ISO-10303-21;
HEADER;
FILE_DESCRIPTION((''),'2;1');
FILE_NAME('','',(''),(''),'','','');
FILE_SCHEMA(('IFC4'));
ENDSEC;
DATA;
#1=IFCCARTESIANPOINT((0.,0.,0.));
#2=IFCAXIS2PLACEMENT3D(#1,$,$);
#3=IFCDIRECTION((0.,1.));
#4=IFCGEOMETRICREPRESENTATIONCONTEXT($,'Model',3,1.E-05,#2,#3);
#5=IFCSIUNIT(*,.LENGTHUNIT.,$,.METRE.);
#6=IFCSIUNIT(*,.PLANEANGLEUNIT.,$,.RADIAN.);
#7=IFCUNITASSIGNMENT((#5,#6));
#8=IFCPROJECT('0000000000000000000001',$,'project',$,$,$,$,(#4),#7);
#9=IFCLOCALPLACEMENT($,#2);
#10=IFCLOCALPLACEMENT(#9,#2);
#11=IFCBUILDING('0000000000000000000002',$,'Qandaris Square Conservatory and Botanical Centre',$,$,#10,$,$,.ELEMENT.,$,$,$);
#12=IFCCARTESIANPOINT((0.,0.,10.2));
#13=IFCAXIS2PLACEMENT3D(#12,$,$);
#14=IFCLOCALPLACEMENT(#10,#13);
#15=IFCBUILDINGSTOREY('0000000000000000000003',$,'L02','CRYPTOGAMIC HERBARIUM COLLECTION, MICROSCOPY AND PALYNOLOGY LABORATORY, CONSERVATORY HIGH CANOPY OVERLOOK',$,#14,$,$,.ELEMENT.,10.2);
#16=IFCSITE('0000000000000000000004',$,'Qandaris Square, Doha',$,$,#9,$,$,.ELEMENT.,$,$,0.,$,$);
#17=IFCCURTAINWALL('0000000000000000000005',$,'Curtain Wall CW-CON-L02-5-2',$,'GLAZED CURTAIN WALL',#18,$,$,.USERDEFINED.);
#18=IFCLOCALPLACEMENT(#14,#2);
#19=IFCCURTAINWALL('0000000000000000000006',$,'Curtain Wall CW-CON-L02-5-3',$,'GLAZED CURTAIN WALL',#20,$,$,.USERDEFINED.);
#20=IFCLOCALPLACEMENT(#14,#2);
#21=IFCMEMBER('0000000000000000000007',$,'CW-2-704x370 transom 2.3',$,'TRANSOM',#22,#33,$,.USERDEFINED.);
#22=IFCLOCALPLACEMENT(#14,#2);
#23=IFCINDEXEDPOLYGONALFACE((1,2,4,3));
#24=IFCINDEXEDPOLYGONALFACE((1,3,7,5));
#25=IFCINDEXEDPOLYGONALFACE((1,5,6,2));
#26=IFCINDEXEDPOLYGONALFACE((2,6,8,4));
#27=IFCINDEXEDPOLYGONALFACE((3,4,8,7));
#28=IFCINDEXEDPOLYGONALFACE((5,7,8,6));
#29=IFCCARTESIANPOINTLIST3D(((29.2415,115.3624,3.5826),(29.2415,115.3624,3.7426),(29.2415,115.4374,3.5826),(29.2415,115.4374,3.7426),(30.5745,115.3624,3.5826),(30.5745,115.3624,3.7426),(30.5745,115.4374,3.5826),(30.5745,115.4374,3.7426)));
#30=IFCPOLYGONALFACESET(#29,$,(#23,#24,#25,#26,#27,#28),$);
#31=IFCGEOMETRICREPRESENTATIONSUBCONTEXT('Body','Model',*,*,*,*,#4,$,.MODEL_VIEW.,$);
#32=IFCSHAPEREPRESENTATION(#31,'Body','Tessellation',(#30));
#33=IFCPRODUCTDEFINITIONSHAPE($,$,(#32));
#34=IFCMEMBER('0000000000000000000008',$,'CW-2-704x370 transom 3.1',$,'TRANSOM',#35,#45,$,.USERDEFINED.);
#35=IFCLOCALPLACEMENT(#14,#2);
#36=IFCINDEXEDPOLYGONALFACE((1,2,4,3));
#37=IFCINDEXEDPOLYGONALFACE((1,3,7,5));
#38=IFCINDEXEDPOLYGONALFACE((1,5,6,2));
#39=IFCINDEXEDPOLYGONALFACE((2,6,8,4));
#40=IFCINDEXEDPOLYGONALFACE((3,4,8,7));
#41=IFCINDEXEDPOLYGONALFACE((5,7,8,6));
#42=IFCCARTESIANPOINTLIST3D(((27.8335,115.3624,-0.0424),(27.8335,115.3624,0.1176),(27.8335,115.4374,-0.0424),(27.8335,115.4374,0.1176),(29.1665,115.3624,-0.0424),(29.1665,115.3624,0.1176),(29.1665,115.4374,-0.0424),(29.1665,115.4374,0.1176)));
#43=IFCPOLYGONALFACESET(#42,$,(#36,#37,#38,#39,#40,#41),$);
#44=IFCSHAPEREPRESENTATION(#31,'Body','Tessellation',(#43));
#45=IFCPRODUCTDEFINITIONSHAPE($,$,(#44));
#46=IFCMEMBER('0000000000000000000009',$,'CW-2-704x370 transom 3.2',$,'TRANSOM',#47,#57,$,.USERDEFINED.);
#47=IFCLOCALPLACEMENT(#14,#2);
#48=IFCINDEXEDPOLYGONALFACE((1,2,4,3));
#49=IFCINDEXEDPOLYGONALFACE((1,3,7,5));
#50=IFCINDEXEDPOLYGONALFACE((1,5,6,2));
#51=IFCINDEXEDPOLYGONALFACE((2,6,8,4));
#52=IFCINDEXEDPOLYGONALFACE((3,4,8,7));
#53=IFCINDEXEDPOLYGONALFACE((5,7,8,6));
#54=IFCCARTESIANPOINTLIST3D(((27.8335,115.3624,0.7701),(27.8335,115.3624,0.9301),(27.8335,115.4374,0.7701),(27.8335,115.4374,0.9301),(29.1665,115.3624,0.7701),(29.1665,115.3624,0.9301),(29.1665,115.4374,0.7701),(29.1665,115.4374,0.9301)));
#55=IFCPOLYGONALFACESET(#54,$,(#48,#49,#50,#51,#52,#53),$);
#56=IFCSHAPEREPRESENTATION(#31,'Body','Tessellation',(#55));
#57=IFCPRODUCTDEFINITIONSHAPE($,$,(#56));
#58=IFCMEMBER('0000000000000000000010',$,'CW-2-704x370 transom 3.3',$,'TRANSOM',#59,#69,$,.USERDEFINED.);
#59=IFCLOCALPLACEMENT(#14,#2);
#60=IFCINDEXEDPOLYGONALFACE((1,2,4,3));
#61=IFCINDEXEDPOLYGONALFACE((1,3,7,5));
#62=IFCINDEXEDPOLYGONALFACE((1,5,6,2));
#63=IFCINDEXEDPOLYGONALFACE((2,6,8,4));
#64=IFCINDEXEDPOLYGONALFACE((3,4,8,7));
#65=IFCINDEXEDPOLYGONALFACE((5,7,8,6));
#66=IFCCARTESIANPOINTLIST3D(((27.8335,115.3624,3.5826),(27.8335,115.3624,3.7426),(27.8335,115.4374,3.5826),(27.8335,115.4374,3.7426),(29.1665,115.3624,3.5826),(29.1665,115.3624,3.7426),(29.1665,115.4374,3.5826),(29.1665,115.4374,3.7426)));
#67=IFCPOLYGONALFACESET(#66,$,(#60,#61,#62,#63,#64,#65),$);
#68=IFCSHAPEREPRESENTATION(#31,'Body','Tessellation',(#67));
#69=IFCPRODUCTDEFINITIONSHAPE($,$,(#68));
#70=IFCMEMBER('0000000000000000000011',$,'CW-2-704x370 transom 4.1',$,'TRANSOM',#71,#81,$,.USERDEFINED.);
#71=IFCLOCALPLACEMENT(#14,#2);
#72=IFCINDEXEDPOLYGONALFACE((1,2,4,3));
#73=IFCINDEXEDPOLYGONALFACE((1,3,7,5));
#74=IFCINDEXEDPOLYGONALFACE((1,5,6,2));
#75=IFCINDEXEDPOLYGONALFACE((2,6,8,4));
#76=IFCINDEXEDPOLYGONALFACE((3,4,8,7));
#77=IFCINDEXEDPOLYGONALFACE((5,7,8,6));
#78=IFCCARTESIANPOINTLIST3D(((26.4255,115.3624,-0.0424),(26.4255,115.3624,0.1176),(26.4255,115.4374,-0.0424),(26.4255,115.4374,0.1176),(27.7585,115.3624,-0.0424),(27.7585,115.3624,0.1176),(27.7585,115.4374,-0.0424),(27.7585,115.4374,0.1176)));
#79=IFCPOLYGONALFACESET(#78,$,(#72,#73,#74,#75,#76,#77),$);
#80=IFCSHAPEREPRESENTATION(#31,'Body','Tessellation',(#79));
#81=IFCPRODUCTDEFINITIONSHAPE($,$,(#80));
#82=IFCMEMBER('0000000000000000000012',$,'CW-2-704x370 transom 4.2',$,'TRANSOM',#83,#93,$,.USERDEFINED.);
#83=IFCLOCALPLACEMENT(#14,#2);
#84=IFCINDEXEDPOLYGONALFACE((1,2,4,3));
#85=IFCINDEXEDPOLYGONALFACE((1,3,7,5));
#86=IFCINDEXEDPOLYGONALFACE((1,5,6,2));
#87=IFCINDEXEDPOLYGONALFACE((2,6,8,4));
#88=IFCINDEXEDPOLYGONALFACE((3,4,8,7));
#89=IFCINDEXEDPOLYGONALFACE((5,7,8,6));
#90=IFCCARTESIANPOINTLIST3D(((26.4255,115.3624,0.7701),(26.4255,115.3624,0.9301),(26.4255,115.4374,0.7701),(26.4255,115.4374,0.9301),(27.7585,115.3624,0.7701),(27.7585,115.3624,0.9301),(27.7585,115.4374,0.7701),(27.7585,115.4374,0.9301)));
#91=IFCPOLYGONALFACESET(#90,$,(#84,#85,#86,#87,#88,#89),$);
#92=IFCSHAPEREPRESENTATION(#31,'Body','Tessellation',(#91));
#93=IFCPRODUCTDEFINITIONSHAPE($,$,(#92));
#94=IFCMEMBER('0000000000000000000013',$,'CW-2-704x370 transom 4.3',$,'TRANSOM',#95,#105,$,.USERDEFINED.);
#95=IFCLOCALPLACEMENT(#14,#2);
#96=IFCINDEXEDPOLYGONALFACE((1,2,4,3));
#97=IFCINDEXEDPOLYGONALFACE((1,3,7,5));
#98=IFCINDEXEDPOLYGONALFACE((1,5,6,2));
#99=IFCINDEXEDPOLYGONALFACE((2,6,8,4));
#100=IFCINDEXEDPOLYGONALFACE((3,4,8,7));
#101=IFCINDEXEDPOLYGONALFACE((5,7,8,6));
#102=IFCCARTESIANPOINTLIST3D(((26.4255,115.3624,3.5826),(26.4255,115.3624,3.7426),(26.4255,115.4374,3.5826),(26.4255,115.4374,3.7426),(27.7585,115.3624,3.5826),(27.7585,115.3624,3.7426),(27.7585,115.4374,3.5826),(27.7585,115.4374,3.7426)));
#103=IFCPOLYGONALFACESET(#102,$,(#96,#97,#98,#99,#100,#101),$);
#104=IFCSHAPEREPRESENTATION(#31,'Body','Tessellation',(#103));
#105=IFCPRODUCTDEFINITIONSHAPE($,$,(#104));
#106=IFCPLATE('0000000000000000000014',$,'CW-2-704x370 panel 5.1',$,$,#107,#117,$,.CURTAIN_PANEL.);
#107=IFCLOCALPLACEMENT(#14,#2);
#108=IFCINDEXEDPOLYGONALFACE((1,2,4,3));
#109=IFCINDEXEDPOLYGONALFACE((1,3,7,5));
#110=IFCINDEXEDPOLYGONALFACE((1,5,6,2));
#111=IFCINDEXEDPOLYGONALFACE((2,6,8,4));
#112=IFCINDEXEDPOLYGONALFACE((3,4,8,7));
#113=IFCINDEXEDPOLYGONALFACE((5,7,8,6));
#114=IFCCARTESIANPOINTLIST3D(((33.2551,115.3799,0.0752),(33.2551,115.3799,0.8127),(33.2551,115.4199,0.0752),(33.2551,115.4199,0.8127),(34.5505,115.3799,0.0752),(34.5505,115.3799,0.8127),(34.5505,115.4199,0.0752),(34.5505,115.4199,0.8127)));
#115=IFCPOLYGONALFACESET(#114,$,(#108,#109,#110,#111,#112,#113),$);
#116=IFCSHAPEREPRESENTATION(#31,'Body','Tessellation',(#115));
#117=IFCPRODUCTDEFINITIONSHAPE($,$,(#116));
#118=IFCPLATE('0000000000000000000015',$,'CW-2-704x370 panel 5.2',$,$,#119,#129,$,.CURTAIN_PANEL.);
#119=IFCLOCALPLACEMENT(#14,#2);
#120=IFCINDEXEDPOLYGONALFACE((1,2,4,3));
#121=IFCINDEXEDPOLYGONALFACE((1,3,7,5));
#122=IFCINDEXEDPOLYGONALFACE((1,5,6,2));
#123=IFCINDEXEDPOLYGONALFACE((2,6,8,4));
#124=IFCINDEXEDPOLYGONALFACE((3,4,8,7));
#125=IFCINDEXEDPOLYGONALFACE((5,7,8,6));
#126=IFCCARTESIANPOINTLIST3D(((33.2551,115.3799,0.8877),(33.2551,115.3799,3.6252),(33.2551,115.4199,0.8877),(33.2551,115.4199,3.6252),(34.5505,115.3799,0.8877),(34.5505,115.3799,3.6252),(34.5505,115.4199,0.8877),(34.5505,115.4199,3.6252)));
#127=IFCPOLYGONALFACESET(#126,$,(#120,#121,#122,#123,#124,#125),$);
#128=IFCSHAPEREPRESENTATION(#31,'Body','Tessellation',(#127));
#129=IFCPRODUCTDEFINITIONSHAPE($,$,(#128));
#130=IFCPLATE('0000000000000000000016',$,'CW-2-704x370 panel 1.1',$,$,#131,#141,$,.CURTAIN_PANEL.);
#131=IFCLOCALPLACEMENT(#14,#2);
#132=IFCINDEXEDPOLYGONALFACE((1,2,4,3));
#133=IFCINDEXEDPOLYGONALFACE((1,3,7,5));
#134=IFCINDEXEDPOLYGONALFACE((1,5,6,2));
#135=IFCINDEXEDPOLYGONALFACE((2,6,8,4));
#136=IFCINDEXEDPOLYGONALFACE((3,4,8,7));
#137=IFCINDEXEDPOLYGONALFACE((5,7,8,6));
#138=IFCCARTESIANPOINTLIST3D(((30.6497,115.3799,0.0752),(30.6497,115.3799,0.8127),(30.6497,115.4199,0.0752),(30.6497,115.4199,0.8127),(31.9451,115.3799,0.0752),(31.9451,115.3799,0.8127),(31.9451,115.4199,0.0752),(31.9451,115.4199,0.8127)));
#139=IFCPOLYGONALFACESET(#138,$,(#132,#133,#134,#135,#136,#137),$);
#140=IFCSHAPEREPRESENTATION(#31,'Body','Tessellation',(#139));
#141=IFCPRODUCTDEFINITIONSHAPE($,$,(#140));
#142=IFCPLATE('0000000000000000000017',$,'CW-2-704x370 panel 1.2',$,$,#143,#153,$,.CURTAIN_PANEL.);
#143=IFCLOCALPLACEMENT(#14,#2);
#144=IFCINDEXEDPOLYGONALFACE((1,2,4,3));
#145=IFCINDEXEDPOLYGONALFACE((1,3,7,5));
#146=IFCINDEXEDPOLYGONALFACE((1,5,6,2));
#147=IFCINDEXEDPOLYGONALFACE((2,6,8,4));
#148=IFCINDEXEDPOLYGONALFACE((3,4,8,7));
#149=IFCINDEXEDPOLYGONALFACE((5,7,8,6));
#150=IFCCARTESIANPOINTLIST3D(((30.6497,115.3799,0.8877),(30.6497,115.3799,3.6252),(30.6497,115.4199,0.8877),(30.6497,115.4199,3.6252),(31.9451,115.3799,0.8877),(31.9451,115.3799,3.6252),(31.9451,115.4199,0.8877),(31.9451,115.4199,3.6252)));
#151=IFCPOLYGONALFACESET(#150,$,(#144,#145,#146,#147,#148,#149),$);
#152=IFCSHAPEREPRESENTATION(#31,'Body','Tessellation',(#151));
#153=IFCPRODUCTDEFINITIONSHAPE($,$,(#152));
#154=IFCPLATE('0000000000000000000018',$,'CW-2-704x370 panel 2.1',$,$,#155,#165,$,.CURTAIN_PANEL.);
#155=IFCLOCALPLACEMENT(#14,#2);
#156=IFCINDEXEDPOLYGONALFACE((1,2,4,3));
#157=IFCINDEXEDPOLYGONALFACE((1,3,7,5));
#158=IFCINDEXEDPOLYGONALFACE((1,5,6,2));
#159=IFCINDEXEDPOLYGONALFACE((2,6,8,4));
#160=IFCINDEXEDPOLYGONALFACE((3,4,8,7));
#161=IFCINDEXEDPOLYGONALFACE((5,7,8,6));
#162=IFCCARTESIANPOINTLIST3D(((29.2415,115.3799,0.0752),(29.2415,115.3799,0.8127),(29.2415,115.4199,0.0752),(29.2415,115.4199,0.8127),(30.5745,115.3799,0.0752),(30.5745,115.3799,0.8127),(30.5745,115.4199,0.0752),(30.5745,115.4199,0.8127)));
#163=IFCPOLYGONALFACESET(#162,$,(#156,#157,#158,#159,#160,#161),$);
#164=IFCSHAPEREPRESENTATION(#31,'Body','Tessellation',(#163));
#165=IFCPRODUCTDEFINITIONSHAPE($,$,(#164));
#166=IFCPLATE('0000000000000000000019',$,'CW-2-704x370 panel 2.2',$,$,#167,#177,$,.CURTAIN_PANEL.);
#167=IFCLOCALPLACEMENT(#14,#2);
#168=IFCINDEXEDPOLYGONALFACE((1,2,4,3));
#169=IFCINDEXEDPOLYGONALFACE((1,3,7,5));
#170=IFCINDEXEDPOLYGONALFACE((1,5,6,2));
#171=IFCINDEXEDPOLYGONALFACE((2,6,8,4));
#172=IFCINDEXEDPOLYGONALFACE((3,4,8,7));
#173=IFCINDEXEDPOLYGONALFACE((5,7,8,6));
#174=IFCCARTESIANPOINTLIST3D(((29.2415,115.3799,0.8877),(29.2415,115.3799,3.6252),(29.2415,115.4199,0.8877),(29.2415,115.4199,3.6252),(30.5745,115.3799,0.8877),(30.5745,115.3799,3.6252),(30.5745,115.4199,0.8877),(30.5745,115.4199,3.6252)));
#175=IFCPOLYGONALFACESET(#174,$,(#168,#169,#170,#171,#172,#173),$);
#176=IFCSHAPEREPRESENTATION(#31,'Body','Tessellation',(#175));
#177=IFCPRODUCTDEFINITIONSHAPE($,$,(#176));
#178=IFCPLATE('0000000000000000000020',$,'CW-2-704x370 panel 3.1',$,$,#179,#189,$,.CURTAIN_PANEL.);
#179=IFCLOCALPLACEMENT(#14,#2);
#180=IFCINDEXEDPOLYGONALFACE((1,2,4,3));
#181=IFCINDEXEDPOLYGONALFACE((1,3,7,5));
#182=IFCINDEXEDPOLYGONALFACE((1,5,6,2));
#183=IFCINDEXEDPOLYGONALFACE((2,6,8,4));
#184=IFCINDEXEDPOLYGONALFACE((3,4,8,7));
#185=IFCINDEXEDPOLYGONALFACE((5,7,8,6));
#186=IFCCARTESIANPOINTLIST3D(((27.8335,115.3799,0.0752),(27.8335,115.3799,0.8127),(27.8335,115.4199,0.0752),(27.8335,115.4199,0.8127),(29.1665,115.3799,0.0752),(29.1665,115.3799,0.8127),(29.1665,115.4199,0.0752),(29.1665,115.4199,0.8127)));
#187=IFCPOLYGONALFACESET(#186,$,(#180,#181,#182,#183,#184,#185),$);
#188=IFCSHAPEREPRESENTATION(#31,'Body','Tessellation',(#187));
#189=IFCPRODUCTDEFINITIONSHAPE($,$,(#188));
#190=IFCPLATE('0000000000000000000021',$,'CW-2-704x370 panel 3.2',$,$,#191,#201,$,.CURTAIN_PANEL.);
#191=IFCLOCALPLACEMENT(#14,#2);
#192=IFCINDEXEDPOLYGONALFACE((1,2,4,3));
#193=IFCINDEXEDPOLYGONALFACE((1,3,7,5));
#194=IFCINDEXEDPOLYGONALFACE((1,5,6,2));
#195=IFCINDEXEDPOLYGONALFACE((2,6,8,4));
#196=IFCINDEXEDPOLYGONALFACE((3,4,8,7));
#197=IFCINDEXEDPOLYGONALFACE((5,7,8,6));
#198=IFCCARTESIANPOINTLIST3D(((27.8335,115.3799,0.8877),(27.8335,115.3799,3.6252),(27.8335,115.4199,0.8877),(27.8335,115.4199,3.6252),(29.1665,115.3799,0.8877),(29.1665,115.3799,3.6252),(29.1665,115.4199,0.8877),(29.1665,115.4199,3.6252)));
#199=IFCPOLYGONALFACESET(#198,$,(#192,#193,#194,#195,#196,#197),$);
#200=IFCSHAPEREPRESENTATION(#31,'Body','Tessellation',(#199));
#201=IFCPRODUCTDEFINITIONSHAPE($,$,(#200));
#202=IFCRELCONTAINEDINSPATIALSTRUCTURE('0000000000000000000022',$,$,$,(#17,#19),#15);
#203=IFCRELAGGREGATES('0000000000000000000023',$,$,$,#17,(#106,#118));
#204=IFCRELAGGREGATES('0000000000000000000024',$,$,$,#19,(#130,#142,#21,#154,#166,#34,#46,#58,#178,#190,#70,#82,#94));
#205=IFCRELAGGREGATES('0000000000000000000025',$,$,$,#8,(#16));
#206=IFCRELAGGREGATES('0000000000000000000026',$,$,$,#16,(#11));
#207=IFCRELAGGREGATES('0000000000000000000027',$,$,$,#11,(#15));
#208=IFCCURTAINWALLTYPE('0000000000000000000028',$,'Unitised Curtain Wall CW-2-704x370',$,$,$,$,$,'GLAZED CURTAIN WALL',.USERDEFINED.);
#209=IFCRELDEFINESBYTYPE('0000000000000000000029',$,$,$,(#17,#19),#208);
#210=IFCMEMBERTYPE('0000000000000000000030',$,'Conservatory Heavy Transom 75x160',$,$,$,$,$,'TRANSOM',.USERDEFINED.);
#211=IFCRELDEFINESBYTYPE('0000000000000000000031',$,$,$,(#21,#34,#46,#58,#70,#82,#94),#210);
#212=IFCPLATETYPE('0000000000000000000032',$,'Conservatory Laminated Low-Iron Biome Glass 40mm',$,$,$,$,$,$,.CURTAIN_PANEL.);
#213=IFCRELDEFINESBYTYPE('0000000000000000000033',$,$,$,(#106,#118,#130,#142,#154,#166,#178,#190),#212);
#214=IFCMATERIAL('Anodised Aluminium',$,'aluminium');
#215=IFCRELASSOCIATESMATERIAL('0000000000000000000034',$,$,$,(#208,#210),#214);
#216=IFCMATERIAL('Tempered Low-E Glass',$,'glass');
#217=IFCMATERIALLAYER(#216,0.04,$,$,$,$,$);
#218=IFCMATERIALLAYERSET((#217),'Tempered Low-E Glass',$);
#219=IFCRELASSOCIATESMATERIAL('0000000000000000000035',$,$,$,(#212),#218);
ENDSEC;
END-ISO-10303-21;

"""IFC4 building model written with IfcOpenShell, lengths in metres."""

from ifc_helpers import new_model, si_unit, direction, frame, origin, origin_2d, place, context, subcontext, project, spatial, rectangle, extrude, material, layer, layer_set, material_profile, profile_set, type_object, element, aggregate, save


model = new_model("IFC4")

# Units and contexts
model_context = context("Model", 3, precision=1e-05, world=origin(), true_north=direction((0.0, 1.0)))
body_context = subcontext(model_context, "Body", "Model", "MODEL_VIEW")
ifc_project = project(units=[si_unit("LENGTHUNIT", "METRE"), si_unit("PLANEANGLEUNIT", "RADIAN")], contexts=[model_context])

# Site, building, storey
site_placement = place(None, origin())
site = spatial("IfcSite", under=ifc_project, at=site_placement, Name="Qandaris Square, Doha", CompositionType="ELEMENT", RefElevation=0.0)
building_placement = place(site_placement, origin())
building = spatial("IfcBuilding", under=site, at=building_placement, Name="Qandaris Square Conservatory and Botanical Centre", CompositionType="ELEMENT")
storey_placement = place(building_placement, frame((0.0, 0.0, 10.2)))
storey = spatial("IfcBuildingStorey", under=building, at=storey_placement, Name="L02", Description="CRYPTOGAMIC HERBARIUM COLLECTION, MICROSCOPY AND PALYNOLOGY LABORATORY, CONSERVATORY HIGH CANOPY OVERLOOK", CompositionType="ELEMENT", Elevation=10.2)

# Curtain wall
ifc_material_1 = material(Name="Anodised Aluminium", Category="aluminium")
curtain_wall_type = type_object("IfcCurtainWallType", Name="Unitised Curtain Wall CW-2-704x370", ElementType="GLAZED CURTAIN WALL", PredefinedType="USERDEFINED", material=ifc_material_1)
curtain_wall_1_placement = place(storey_placement, origin())
curtain_wall_1 = element("IfcCurtainWall", 1, at=curtain_wall_1_placement, inside=storey, type_object=curtain_wall_type, Name="Curtain Wall CW-CON-L02-5-2", ObjectType="GLAZED CURTAIN WALL", PredefinedType="USERDEFINED")

# Curtain wall
curtain_wall_2_placement = place(storey_placement, origin())
curtain_wall_2 = element("IfcCurtainWall", 2, at=curtain_wall_2_placement, inside=storey, type_object=curtain_wall_type, Name="Curtain Wall CW-CON-L02-5-3", ObjectType="GLAZED CURTAIN WALL", PredefinedType="USERDEFINED")

# Members
ifc_material_profile_1 = material_profile(ifc_material_1, rectangle(XDim=0.075, YDim=0.1599, at=origin_2d()), Name="ALU-TRN 75x160")
ifc_profile_set_1 = profile_set([ifc_material_profile_1], Name="Anodised Aluminium")
member_type_1 = type_object("IfcMemberType", Name="Conservatory Heavy Transom 75x160", ElementType="TRANSOM", PredefinedType="USERDEFINED", material=ifc_profile_set_1)
member_1_placement = place(storey_placement, frame((30.5745, 115.3999, 3.6626), z_axis=(-1.0, 0.0, 0.0), x_axis=(0.0, -1.0, 0.0)))
member_1 = element("IfcMember", 3, at=member_1_placement, type_object=member_type_1, Name="CW-2-704x370 transom 2.3", ObjectType="TRANSOM", PredefinedType="USERDEFINED", context=body_context, shape_type="SweptSolid", body=[
    extrude(rectangle(XDim=0.075, YDim=0.1599, at=origin_2d()), origin(), (0.0, 0.0, 1.0), 1.333),
])
member_2_placement = place(storey_placement, frame((29.1665, 115.3999, 0.0376), z_axis=(-1.0, 0.0, 0.0), x_axis=(0.0, -1.0, 0.0)))
member_2 = element("IfcMember", 4, at=member_2_placement, type_object=member_type_1, Name="CW-2-704x370 transom 3.1", ObjectType="TRANSOM", PredefinedType="USERDEFINED", context=body_context, shape_type="SweptSolid", body=[
    extrude(rectangle(XDim=0.075, YDim=0.1599, at=origin_2d()), origin(), (0.0, 0.0, 1.0), 1.333),
])
member_3_placement = place(storey_placement, frame((29.1665, 115.3999, 0.8501), z_axis=(-1.0, 0.0, 0.0), x_axis=(0.0, -1.0, 0.0)))
member_3 = element("IfcMember", 5, at=member_3_placement, type_object=member_type_1, Name="CW-2-704x370 transom 3.2", ObjectType="TRANSOM", PredefinedType="USERDEFINED", context=body_context, shape_type="SweptSolid", body=[
    extrude(rectangle(XDim=0.075, YDim=0.1599, at=origin_2d()), origin(), (0.0, 0.0, 1.0), 1.333),
])
member_4_placement = place(storey_placement, frame((29.1665, 115.3999, 3.6626), z_axis=(-1.0, 0.0, 0.0), x_axis=(0.0, -1.0, 0.0)))
member_4 = element("IfcMember", 6, at=member_4_placement, type_object=member_type_1, Name="CW-2-704x370 transom 3.3", ObjectType="TRANSOM", PredefinedType="USERDEFINED", context=body_context, shape_type="SweptSolid", body=[
    extrude(rectangle(XDim=0.075, YDim=0.1599, at=origin_2d()), origin(), (0.0, 0.0, 1.0), 1.333),
])
member_5_placement = place(storey_placement, frame((27.7585, 115.3999, 0.0376), z_axis=(-1.0, 0.0, 0.0), x_axis=(0.0, -1.0, 0.0)))
member_5 = element("IfcMember", 7, at=member_5_placement, type_object=member_type_1, Name="CW-2-704x370 transom 4.1", ObjectType="TRANSOM", PredefinedType="USERDEFINED", context=body_context, shape_type="SweptSolid", body=[
    extrude(rectangle(XDim=0.075, YDim=0.1599, at=origin_2d()), origin(), (0.0, 0.0, 1.0), 1.333),
])
member_6_placement = place(storey_placement, frame((27.7585, 115.3999, 0.8501), z_axis=(-1.0, 0.0, 0.0), x_axis=(0.0, -1.0, 0.0)))
member_6 = element("IfcMember", 8, at=member_6_placement, type_object=member_type_1, Name="CW-2-704x370 transom 4.2", ObjectType="TRANSOM", PredefinedType="USERDEFINED", context=body_context, shape_type="SweptSolid", body=[
    extrude(rectangle(XDim=0.075, YDim=0.1599, at=origin_2d()), origin(), (0.0, 0.0, 1.0), 1.333),
])
member_7_placement = place(storey_placement, frame((27.7585, 115.3999, 3.6626), z_axis=(-1.0, 0.0, 0.0), x_axis=(0.0, -1.0, 0.0)))
member_7 = element("IfcMember", 9, at=member_7_placement, type_object=member_type_1, Name="CW-2-704x370 transom 4.3", ObjectType="TRANSOM", PredefinedType="USERDEFINED", context=body_context, shape_type="SweptSolid", body=[
    extrude(rectangle(XDim=0.075, YDim=0.1599, at=origin_2d()), origin(), (0.0, 0.0, 1.0), 1.333),
])

# Plates
ifc_material_2 = material(Name="Tempered Low-E Glass", Category="glass")
ifc_layer = layer(ifc_material_2, 0.04)
ifc_layer_set = layer_set([ifc_layer], Name="Tempered Low-E Glass")
plate_type = type_object("IfcPlateType", Name="Conservatory Laminated Low-Iron Biome Glass 40mm", PredefinedType="CURTAIN_PANEL", material=ifc_layer_set)
plate_1_placement = place(storey_placement, frame((33.9028, 115.3999, 0.0752), z_axis=(0.0, 0.0, 1.0), x_axis=(-1.0, 0.0, 0.0)))
plate_1 = element("IfcPlate", 10, at=plate_1_placement, type_object=plate_type, Name="CW-2-704x370 panel 5.1", PredefinedType="CURTAIN_PANEL", context=body_context, shape_type="SweptSolid", body=[
    extrude(rectangle(XDim=1.2954, YDim=0.04, at=origin_2d()), origin(), (0.0, 0.0, 1.0), 0.7375),
])
plate_2_placement = place(storey_placement, frame((33.9028, 115.3999, 0.8877), z_axis=(0.0, 0.0, 1.0), x_axis=(-1.0, 0.0, 0.0)))
plate_2 = element("IfcPlate", 11, at=plate_2_placement, type_object=plate_type, Name="CW-2-704x370 panel 5.2", PredefinedType="CURTAIN_PANEL", context=body_context, shape_type="SweptSolid", body=[
    extrude(rectangle(XDim=1.2954, YDim=0.04, at=origin_2d()), origin(), (0.0, 0.0, 1.0), 2.7375),
])
aggregate(curtain_wall_1, [plate_1, plate_2])
plate_3_placement = place(storey_placement, frame((31.2974, 115.3999, 0.0752), z_axis=(0.0, 0.0, 1.0), x_axis=(-1.0, 0.0, 0.0)))
plate_3 = element("IfcPlate", 12, at=plate_3_placement, type_object=plate_type, Name="CW-2-704x370 panel 1.1", PredefinedType="CURTAIN_PANEL", context=body_context, shape_type="SweptSolid", body=[
    extrude(rectangle(XDim=1.2954, YDim=0.04, at=origin_2d()), origin(), (0.0, 0.0, 1.0), 0.7375),
])
plate_4_placement = place(storey_placement, frame((31.2974, 115.3999, 0.8877), z_axis=(0.0, 0.0, 1.0), x_axis=(-1.0, 0.0, 0.0)))
plate_4 = element("IfcPlate", 13, at=plate_4_placement, type_object=plate_type, Name="CW-2-704x370 panel 1.2", PredefinedType="CURTAIN_PANEL", context=body_context, shape_type="SweptSolid", body=[
    extrude(rectangle(XDim=1.2954, YDim=0.04, at=origin_2d()), origin(), (0.0, 0.0, 1.0), 2.7375),
])
plate_5_placement = place(storey_placement, frame((29.908, 115.3999, 0.0752), z_axis=(0.0, 0.0, 1.0), x_axis=(-1.0, 0.0, 0.0)))
plate_5 = element("IfcPlate", 14, at=plate_5_placement, type_object=plate_type, Name="CW-2-704x370 panel 2.1", PredefinedType="CURTAIN_PANEL", context=body_context, shape_type="SweptSolid", body=[
    extrude(rectangle(XDim=1.333, YDim=0.04, at=origin_2d()), origin(), (0.0, 0.0, 1.0), 0.7375),
])
plate_6_placement = place(storey_placement, frame((29.908, 115.3999, 0.8877), z_axis=(0.0, 0.0, 1.0), x_axis=(-1.0, 0.0, 0.0)))
plate_6 = element("IfcPlate", 15, at=plate_6_placement, type_object=plate_type, Name="CW-2-704x370 panel 2.2", PredefinedType="CURTAIN_PANEL", context=body_context, shape_type="SweptSolid", body=[
    extrude(rectangle(XDim=1.333, YDim=0.04, at=origin_2d()), origin(), (0.0, 0.0, 1.0), 2.7375),
])
plate_7_placement = place(storey_placement, frame((28.5, 115.3999, 0.0752), z_axis=(0.0, 0.0, 1.0), x_axis=(-1.0, 0.0, 0.0)))
plate_7 = element("IfcPlate", 16, at=plate_7_placement, type_object=plate_type, Name="CW-2-704x370 panel 3.1", PredefinedType="CURTAIN_PANEL", context=body_context, shape_type="SweptSolid", body=[
    extrude(rectangle(XDim=1.333, YDim=0.04, at=origin_2d()), origin(), (0.0, 0.0, 1.0), 0.7375),
])
plate_8_placement = place(storey_placement, frame((28.5, 115.3999, 0.8877), z_axis=(0.0, 0.0, 1.0), x_axis=(-1.0, 0.0, 0.0)))
plate_8 = element("IfcPlate", 17, at=plate_8_placement, type_object=plate_type, Name="CW-2-704x370 panel 3.2", PredefinedType="CURTAIN_PANEL", context=body_context, shape_type="SweptSolid", body=[
    extrude(rectangle(XDim=1.333, YDim=0.04, at=origin_2d()), origin(), (0.0, 0.0, 1.0), 2.7375),
])
aggregate(curtain_wall_2, [plate_3, plate_4, member_1, plate_5, plate_6, member_2, member_3, member_4, plate_7, plate_8, member_5, member_6, member_7])

save(model, "model.ifc")
